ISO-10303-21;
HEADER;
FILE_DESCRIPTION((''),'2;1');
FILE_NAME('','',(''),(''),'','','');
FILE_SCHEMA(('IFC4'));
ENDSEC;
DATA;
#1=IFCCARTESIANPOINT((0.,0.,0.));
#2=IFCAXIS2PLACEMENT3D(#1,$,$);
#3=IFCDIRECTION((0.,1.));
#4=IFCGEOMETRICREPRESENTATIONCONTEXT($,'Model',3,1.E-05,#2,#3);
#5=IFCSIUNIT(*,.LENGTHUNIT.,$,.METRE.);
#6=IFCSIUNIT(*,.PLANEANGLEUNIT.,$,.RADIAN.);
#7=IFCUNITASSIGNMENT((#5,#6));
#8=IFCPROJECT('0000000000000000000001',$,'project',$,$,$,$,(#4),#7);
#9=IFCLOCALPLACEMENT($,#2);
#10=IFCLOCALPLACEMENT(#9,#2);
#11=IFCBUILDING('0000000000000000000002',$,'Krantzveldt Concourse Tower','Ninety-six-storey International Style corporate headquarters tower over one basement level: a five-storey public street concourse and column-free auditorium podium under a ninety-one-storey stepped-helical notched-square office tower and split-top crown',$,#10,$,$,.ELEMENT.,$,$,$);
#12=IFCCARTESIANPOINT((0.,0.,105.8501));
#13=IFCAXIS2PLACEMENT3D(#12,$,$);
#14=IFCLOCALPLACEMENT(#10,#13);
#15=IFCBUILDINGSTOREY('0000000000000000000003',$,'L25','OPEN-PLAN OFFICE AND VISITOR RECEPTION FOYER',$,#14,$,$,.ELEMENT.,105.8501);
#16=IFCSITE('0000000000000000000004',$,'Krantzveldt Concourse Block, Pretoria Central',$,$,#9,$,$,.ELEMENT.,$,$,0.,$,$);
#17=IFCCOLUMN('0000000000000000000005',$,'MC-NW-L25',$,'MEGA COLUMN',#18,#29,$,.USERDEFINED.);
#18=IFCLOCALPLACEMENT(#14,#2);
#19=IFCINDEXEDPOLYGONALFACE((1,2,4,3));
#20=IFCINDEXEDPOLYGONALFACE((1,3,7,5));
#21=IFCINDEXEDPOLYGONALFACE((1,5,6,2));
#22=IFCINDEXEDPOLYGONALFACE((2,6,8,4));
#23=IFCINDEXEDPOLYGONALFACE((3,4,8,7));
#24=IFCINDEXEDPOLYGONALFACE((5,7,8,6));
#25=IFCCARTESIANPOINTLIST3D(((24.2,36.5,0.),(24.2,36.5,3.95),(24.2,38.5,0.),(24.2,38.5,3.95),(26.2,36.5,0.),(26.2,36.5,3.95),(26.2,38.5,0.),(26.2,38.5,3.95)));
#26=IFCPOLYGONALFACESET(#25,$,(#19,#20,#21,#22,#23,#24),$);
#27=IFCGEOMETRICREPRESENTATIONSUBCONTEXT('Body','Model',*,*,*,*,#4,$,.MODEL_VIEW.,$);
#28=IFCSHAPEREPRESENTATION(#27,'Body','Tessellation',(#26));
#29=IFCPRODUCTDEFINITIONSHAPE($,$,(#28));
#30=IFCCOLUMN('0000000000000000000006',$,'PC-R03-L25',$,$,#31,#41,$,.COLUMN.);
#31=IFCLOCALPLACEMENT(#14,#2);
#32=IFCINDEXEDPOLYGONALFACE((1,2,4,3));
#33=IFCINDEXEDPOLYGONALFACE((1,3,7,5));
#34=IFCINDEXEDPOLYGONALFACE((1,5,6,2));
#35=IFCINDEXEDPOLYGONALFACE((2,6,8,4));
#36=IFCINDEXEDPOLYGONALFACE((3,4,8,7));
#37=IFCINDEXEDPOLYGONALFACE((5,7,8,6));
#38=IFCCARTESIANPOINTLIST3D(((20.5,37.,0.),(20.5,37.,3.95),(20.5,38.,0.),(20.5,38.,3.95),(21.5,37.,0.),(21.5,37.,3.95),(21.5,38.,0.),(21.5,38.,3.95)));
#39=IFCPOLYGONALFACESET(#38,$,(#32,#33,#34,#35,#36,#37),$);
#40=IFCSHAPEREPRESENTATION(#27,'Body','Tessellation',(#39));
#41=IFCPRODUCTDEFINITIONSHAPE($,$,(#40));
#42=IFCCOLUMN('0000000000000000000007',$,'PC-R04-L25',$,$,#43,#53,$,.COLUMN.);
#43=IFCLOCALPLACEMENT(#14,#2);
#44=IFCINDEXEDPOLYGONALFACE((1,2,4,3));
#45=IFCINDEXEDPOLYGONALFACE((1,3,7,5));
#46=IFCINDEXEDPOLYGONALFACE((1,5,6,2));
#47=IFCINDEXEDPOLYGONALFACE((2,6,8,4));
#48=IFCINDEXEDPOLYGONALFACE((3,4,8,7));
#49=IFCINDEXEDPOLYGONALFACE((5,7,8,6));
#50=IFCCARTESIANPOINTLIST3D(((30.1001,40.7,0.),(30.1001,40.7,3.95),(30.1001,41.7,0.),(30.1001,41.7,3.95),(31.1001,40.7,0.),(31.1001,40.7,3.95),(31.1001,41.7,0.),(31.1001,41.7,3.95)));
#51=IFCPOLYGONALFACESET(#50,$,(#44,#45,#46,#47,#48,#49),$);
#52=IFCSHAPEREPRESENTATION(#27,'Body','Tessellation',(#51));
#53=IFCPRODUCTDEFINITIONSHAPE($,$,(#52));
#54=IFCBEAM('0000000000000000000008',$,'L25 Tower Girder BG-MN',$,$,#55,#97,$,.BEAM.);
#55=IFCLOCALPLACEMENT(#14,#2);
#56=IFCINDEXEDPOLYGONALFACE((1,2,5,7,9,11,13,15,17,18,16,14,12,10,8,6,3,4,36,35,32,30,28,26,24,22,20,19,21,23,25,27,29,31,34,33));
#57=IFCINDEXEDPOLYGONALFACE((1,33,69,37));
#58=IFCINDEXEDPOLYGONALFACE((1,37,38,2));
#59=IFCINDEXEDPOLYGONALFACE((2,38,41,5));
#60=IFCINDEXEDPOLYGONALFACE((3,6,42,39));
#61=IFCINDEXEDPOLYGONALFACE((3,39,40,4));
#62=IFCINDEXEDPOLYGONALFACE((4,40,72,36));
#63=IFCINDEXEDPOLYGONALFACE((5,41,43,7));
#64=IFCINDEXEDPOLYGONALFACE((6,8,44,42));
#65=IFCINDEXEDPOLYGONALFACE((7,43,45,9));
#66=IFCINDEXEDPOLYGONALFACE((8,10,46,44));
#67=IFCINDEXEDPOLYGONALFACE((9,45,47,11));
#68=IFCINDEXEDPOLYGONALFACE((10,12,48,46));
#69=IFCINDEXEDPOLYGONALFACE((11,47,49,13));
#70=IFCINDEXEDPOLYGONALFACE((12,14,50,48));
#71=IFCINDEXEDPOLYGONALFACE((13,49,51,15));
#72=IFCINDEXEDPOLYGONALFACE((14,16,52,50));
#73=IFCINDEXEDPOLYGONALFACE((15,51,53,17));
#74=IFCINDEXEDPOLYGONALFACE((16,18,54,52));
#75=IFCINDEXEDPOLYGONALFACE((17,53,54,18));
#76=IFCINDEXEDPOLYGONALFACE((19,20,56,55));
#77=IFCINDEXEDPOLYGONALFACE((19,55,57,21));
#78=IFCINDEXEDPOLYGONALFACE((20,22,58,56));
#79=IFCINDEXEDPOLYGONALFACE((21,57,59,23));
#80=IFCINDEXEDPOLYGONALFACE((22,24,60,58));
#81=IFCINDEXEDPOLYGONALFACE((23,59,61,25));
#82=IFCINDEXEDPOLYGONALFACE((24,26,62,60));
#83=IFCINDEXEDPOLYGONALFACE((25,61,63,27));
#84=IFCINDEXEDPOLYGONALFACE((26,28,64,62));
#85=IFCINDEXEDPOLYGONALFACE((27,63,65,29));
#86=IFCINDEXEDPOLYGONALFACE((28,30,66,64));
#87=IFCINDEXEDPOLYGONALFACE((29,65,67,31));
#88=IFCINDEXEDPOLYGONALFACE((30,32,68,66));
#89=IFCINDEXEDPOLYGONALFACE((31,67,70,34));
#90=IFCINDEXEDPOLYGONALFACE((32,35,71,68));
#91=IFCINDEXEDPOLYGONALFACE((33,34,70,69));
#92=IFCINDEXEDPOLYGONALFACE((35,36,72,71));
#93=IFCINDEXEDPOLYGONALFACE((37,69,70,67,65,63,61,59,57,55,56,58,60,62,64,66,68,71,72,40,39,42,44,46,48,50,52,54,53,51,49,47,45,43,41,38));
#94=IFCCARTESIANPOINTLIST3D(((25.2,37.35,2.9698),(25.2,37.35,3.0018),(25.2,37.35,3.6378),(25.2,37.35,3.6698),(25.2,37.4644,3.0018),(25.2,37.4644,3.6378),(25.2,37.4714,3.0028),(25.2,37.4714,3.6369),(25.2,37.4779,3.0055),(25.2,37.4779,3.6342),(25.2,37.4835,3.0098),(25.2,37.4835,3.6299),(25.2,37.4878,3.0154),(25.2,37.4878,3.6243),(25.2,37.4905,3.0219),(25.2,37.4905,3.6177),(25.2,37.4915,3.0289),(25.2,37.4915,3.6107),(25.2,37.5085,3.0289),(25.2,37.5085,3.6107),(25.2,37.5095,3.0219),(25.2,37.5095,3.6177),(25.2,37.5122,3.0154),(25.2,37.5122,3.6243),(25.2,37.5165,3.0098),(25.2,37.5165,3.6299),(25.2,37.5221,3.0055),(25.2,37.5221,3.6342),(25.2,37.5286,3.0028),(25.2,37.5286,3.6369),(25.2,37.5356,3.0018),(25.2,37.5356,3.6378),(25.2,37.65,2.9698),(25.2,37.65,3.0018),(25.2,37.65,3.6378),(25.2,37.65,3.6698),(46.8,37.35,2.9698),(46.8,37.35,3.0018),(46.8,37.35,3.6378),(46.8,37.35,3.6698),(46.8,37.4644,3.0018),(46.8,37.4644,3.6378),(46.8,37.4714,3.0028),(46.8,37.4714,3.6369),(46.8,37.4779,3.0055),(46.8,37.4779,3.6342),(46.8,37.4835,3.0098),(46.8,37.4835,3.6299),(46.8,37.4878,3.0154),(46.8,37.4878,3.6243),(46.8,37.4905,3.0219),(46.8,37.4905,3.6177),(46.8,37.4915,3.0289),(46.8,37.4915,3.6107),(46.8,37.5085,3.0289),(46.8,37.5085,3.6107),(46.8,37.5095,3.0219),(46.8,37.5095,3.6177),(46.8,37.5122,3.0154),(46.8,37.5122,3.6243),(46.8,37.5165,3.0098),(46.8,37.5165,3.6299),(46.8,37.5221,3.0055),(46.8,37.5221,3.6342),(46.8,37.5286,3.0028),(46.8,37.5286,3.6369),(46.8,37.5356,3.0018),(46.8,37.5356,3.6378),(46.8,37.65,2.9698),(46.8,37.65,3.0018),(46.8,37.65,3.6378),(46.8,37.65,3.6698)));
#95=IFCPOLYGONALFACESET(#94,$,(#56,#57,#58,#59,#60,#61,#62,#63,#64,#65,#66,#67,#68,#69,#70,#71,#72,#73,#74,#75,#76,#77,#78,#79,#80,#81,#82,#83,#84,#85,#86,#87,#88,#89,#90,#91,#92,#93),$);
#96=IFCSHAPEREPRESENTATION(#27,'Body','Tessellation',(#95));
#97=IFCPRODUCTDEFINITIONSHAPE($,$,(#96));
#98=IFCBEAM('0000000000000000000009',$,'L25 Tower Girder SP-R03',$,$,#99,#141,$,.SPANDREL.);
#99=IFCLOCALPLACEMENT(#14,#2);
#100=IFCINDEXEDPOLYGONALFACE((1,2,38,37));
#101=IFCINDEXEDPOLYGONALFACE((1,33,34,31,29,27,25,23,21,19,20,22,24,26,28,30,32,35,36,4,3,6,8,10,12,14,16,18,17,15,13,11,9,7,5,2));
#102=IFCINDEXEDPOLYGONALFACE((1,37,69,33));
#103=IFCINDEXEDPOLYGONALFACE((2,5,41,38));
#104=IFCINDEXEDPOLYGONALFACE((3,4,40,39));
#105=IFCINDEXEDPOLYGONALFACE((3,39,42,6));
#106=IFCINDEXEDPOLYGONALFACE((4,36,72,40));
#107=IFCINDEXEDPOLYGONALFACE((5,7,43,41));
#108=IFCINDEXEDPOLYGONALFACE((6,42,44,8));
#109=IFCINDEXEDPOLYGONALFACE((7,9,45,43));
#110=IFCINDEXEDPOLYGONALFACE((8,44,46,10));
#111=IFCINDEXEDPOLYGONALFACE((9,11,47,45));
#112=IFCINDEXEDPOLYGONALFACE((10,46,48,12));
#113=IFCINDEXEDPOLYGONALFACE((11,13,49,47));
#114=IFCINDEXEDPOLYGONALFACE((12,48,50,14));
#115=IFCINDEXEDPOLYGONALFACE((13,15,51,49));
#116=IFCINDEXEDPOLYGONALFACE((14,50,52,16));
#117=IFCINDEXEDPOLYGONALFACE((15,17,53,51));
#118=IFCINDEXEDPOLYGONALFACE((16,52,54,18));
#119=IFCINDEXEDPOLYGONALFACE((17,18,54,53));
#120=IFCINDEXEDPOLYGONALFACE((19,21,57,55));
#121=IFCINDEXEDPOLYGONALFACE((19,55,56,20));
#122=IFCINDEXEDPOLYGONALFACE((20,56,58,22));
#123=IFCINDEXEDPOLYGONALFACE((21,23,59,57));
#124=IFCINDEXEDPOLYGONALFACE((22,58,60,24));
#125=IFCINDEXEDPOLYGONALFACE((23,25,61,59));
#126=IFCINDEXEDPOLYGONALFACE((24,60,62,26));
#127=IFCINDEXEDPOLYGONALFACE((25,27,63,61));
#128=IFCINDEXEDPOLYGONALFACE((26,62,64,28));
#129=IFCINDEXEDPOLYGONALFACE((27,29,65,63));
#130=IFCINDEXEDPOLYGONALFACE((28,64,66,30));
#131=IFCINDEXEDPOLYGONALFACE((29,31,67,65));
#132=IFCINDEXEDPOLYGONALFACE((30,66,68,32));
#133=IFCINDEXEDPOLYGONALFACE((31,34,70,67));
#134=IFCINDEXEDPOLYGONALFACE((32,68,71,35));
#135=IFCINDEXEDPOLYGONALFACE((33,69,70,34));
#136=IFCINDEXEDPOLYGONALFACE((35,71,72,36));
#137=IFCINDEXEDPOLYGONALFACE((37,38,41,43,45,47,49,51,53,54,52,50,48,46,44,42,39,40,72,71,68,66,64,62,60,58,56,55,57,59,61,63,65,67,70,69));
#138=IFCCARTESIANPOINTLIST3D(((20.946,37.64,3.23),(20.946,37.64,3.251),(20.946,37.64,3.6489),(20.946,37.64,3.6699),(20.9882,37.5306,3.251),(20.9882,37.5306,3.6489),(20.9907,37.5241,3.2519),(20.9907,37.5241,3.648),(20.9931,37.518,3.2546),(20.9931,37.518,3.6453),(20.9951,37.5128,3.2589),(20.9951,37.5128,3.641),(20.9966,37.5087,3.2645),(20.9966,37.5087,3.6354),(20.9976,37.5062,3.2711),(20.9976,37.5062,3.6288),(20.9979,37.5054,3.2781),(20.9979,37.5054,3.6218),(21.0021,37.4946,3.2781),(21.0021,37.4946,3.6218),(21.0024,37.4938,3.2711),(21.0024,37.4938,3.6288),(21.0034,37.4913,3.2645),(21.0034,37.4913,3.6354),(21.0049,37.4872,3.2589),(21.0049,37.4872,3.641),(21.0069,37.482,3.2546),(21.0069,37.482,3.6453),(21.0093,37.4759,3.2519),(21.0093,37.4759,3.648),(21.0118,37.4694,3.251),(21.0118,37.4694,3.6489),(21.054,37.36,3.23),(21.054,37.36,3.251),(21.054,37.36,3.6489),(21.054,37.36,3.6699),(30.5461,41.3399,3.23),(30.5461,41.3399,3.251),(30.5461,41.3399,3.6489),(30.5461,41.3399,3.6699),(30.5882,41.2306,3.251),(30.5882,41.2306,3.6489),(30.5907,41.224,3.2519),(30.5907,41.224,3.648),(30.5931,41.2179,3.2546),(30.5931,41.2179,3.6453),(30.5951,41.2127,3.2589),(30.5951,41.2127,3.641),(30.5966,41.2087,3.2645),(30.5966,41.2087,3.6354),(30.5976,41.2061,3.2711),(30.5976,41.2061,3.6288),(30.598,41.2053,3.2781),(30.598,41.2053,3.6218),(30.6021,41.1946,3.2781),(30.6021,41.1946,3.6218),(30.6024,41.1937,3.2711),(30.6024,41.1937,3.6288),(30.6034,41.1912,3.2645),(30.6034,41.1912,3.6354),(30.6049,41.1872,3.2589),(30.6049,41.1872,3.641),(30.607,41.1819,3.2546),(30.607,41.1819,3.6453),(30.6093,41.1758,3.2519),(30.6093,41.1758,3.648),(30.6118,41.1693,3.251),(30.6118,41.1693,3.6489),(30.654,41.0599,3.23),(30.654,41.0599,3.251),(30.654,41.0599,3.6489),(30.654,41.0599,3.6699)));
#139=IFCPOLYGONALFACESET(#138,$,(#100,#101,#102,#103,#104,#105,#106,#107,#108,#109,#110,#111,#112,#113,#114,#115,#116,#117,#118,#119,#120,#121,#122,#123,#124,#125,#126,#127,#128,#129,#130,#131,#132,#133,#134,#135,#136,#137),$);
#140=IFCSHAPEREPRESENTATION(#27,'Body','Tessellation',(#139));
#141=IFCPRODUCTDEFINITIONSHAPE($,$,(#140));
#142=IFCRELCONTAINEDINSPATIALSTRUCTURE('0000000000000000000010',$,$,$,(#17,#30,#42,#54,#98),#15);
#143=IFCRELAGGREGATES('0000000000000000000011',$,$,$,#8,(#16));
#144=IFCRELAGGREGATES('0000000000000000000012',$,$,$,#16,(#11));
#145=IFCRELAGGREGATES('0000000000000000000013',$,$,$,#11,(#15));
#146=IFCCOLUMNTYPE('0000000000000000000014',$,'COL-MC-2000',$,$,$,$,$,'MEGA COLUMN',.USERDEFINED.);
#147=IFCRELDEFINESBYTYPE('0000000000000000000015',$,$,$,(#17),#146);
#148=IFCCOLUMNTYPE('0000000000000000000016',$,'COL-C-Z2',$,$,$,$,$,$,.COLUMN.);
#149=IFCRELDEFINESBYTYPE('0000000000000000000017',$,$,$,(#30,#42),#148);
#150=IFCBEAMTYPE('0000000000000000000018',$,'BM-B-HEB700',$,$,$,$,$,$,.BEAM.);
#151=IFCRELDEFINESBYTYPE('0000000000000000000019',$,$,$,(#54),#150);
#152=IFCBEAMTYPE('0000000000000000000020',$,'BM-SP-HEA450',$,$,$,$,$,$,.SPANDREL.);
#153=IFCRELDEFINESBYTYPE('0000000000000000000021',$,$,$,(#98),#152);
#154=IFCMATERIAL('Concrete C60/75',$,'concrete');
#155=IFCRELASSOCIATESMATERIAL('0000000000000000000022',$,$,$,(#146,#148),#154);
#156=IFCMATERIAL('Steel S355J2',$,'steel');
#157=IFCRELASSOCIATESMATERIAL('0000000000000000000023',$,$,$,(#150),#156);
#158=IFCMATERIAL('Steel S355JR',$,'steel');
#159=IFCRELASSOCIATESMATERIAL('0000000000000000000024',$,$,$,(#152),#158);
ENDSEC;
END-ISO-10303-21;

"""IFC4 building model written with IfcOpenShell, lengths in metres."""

from ifc_helpers import new_model, si_unit, direction, frame, origin, origin_2d, place, context, subcontext, project, spatial, rectangle, i_section, extrude, source, transform, mapped, material, material_profile, profile_set, type_object, type_shapes, element, save


model = new_model("IFC4")

# Units and contexts
model_context = context("Model", 3, precision=1e-05, world=origin(), true_north=direction((0.0, 1.0)))
body_context = subcontext(model_context, "Body", "Model", "MODEL_VIEW")
ifc_project = project(units=[si_unit("LENGTHUNIT", "METRE"), si_unit("PLANEANGLEUNIT", "RADIAN")], contexts=[model_context])

# Site, building, storey
site_placement = place(None, origin())
site = spatial("IfcSite", under=ifc_project, at=site_placement, Name="Krantzveldt Concourse Block, Pretoria Central", CompositionType="ELEMENT", RefElevation=0.0)
building_placement = place(site_placement, origin())
building = spatial("IfcBuilding", under=site, at=building_placement, Name="Krantzveldt Concourse Tower", Description="Ninety-six-storey International Style corporate headquarters tower over one basement level: a five-storey public street concourse and column-free auditorium podium under a ninety-one-storey stepped-helical notched-square office tower and split-top crown", CompositionType="ELEMENT")
storey_placement = place(building_placement, frame((0.0, 0.0, 105.8501)))
storey = spatial("IfcBuildingStorey", under=building, at=storey_placement, Name="L25", Description="OPEN-PLAN OFFICE AND VISITOR RECEPTION FOYER", CompositionType="ELEMENT", Elevation=105.8501)

# Columns
ifc_material_1 = material(Name="Concrete C60/75", Category="concrete")
ifc_material_profile_1 = material_profile(ifc_material_1, rectangle(XDim=2.0, YDim=2.0, at=origin_2d()), Name="Concrete C60/75", Category="concrete")
ifc_profile_set_1 = profile_set([ifc_material_profile_1], Name="Concrete C60/75 - RC 2000x2000")
column_type_1 = type_object("IfcColumnType", Name="COL-MC-2000", ElementType="MEGA COLUMN", PredefinedType="USERDEFINED", material=ifc_profile_set_1)
shared_shape_1 = source(origin(), body_context, "Body", "SweptSolid", [
    extrude(rectangle(XDim=2.0, YDim=2.0, at=origin_2d()), origin(), (0.0, 0.0, 1.0), 3.95),
])
type_shapes(column_type_1, [shared_shape_1])
column_placement = place(storey_placement, frame((25.2, 37.5, 0.0), z_axis=(0.0, 0.0, 1.0), x_axis=(1.0, 0.0, 0.0)))
element("IfcColumn", 1, at=column_placement, inside=storey, type_object=column_type_1, Name="MC-NW-L25", ObjectType="MEGA COLUMN", PredefinedType="USERDEFINED", context=body_context, shape_type="MappedRepresentation", body=[
    mapped(shared_shape_1, transform((0.0, 0.0, 0.0), x_axis=(1.0, 0.0, 0.0), y_axis=(0.0, 1.0, 0.0), z_axis=(0.0, 0.0, 1.0), scale=1.0)),
])
ifc_material_profile_2 = material_profile(ifc_material_1, rectangle(XDim=1.0, YDim=1.0, at=origin_2d()), Name="Concrete C60/75", Category="concrete")
ifc_profile_set_2 = profile_set([ifc_material_profile_2], Name="Concrete C60/75 - RC 1000x1000")
column_type_2 = type_object("IfcColumnType", Name="COL-C-Z2", PredefinedType="COLUMN", material=ifc_profile_set_2)
shared_shape_2 = source(origin(), body_context, "Body", "SweptSolid", [
    extrude(rectangle(XDim=1.0, YDim=1.0, at=origin_2d()), origin(), (0.0, 0.0, 1.0), 3.95),
])
type_shapes(column_type_2, [shared_shape_2])
for number, where, z_axis, x_axis, name in (
    (2, (21.0, 37.5, 0.0), (0.0, 0.0, 1.0), (1.0, 0.0, 0.0), "PC-R03-L25"),
    (3, (30.6001, 41.2, 0.0), (0.0, 0.0, 1.0), (1.0, 0.0, 0.0), "PC-R04-L25"),
):
    element("IfcColumn", number, at=place(storey_placement, frame(where, z_axis=z_axis, x_axis=x_axis)), inside=storey, type_object=column_type_2, Name=name, PredefinedType="COLUMN", context=body_context, shape_type="MappedRepresentation", body=[
        mapped(shared_shape_2, transform((0.0, 0.0, 0.0), x_axis=(1.0, 0.0, 0.0), y_axis=(0.0, 1.0, 0.0), z_axis=(0.0, 0.0, 1.0), scale=1.0)),
    ])

# Beams
ifc_material_2 = material(Name="Steel S355J2", Category="steel")
ifc_material_profile_3 = material_profile(ifc_material_2, i_section(OverallWidth=0.3, OverallDepth=0.7, WebThickness=0.0171, FlangeThickness=0.032, FilletRadius=0.0271, at=origin_2d()), Name="Steel S355J2", Category="steel")
ifc_profile_set_3 = profile_set([ifc_material_profile_3], Name="Steel S355J2 - HEB 700")
beam_type_1 = type_object("IfcBeamType", Name="BM-B-HEB700", PredefinedType="BEAM", material=ifc_profile_set_3)
shared_shape_3 = source(origin(), body_context, "Body", "SweptSolid", [
    extrude(i_section(OverallWidth=0.3, OverallDepth=0.7, WebThickness=0.0171, FlangeThickness=0.032, FilletRadius=0.0271, at=origin_2d()), origin(), (0.0, 0.0, 1.0), 21.6001),
])
type_shapes(beam_type_1, [shared_shape_3])
beam_1_placement = place(storey_placement, frame((25.2, 37.5, 3.3198), z_axis=(1.0, 0.0, 0.0), x_axis=(0.0, 1.0, 0.0)))
element("IfcBeam", 4, at=beam_1_placement, inside=storey, type_object=beam_type_1, Name="L25 Tower Girder BG-MN", PredefinedType="BEAM", context=body_context, shape_type="MappedRepresentation", body=[
    mapped(shared_shape_3, transform((0.0, 0.0, 0.0), x_axis=(1.0, 0.0, 0.0), y_axis=(0.0, 1.0, 0.0), z_axis=(0.0, 0.0, 1.0), scale=1.0)),
])
ifc_material_3 = material(Name="Steel S355JR", Category="steel")
ifc_material_profile_4 = material_profile(ifc_material_3, i_section(OverallWidth=0.3, OverallDepth=0.4399, WebThickness=0.0115, FlangeThickness=0.021, FilletRadius=0.0271, at=origin_2d()), Name="Steel S355JR", Category="steel")
ifc_profile_set_4 = profile_set([ifc_material_profile_4], Name="Steel S355JR - HEA 450")
beam_type_2 = type_object("IfcBeamType", Name="BM-SP-HEA450", PredefinedType="SPANDREL", material=ifc_profile_set_4)
shared_shape_4 = source(origin(), body_context, "Body", "SweptSolid", [
    extrude(i_section(OverallWidth=0.3, OverallDepth=0.4399, WebThickness=0.0115, FlangeThickness=0.021, FilletRadius=0.0271, at=origin_2d()), origin(), (0.0, 0.0, 1.0), 10.2883),
])
beam_2_placement = place(storey_placement, frame((21.0, 37.5, 3.45), z_axis=(0.933098, 0.359623, 0.0), x_axis=(-0.359623, 0.933098, 0.0)))
element("IfcBeam", 5, at=beam_2_placement, inside=storey, type_object=beam_type_2, Name="L25 Tower Girder SP-R03", PredefinedType="SPANDREL", context=body_context, shape_type="MappedRepresentation", body=[
    mapped(shared_shape_4, transform((0.0, 0.0, 0.0), x_axis=(1.0, 0.0, 0.0), y_axis=(0.0, 1.0, 0.0), z_axis=(0.0, 0.0, 1.0), scale=1.0)),
])

save(model, "model.ifc")
